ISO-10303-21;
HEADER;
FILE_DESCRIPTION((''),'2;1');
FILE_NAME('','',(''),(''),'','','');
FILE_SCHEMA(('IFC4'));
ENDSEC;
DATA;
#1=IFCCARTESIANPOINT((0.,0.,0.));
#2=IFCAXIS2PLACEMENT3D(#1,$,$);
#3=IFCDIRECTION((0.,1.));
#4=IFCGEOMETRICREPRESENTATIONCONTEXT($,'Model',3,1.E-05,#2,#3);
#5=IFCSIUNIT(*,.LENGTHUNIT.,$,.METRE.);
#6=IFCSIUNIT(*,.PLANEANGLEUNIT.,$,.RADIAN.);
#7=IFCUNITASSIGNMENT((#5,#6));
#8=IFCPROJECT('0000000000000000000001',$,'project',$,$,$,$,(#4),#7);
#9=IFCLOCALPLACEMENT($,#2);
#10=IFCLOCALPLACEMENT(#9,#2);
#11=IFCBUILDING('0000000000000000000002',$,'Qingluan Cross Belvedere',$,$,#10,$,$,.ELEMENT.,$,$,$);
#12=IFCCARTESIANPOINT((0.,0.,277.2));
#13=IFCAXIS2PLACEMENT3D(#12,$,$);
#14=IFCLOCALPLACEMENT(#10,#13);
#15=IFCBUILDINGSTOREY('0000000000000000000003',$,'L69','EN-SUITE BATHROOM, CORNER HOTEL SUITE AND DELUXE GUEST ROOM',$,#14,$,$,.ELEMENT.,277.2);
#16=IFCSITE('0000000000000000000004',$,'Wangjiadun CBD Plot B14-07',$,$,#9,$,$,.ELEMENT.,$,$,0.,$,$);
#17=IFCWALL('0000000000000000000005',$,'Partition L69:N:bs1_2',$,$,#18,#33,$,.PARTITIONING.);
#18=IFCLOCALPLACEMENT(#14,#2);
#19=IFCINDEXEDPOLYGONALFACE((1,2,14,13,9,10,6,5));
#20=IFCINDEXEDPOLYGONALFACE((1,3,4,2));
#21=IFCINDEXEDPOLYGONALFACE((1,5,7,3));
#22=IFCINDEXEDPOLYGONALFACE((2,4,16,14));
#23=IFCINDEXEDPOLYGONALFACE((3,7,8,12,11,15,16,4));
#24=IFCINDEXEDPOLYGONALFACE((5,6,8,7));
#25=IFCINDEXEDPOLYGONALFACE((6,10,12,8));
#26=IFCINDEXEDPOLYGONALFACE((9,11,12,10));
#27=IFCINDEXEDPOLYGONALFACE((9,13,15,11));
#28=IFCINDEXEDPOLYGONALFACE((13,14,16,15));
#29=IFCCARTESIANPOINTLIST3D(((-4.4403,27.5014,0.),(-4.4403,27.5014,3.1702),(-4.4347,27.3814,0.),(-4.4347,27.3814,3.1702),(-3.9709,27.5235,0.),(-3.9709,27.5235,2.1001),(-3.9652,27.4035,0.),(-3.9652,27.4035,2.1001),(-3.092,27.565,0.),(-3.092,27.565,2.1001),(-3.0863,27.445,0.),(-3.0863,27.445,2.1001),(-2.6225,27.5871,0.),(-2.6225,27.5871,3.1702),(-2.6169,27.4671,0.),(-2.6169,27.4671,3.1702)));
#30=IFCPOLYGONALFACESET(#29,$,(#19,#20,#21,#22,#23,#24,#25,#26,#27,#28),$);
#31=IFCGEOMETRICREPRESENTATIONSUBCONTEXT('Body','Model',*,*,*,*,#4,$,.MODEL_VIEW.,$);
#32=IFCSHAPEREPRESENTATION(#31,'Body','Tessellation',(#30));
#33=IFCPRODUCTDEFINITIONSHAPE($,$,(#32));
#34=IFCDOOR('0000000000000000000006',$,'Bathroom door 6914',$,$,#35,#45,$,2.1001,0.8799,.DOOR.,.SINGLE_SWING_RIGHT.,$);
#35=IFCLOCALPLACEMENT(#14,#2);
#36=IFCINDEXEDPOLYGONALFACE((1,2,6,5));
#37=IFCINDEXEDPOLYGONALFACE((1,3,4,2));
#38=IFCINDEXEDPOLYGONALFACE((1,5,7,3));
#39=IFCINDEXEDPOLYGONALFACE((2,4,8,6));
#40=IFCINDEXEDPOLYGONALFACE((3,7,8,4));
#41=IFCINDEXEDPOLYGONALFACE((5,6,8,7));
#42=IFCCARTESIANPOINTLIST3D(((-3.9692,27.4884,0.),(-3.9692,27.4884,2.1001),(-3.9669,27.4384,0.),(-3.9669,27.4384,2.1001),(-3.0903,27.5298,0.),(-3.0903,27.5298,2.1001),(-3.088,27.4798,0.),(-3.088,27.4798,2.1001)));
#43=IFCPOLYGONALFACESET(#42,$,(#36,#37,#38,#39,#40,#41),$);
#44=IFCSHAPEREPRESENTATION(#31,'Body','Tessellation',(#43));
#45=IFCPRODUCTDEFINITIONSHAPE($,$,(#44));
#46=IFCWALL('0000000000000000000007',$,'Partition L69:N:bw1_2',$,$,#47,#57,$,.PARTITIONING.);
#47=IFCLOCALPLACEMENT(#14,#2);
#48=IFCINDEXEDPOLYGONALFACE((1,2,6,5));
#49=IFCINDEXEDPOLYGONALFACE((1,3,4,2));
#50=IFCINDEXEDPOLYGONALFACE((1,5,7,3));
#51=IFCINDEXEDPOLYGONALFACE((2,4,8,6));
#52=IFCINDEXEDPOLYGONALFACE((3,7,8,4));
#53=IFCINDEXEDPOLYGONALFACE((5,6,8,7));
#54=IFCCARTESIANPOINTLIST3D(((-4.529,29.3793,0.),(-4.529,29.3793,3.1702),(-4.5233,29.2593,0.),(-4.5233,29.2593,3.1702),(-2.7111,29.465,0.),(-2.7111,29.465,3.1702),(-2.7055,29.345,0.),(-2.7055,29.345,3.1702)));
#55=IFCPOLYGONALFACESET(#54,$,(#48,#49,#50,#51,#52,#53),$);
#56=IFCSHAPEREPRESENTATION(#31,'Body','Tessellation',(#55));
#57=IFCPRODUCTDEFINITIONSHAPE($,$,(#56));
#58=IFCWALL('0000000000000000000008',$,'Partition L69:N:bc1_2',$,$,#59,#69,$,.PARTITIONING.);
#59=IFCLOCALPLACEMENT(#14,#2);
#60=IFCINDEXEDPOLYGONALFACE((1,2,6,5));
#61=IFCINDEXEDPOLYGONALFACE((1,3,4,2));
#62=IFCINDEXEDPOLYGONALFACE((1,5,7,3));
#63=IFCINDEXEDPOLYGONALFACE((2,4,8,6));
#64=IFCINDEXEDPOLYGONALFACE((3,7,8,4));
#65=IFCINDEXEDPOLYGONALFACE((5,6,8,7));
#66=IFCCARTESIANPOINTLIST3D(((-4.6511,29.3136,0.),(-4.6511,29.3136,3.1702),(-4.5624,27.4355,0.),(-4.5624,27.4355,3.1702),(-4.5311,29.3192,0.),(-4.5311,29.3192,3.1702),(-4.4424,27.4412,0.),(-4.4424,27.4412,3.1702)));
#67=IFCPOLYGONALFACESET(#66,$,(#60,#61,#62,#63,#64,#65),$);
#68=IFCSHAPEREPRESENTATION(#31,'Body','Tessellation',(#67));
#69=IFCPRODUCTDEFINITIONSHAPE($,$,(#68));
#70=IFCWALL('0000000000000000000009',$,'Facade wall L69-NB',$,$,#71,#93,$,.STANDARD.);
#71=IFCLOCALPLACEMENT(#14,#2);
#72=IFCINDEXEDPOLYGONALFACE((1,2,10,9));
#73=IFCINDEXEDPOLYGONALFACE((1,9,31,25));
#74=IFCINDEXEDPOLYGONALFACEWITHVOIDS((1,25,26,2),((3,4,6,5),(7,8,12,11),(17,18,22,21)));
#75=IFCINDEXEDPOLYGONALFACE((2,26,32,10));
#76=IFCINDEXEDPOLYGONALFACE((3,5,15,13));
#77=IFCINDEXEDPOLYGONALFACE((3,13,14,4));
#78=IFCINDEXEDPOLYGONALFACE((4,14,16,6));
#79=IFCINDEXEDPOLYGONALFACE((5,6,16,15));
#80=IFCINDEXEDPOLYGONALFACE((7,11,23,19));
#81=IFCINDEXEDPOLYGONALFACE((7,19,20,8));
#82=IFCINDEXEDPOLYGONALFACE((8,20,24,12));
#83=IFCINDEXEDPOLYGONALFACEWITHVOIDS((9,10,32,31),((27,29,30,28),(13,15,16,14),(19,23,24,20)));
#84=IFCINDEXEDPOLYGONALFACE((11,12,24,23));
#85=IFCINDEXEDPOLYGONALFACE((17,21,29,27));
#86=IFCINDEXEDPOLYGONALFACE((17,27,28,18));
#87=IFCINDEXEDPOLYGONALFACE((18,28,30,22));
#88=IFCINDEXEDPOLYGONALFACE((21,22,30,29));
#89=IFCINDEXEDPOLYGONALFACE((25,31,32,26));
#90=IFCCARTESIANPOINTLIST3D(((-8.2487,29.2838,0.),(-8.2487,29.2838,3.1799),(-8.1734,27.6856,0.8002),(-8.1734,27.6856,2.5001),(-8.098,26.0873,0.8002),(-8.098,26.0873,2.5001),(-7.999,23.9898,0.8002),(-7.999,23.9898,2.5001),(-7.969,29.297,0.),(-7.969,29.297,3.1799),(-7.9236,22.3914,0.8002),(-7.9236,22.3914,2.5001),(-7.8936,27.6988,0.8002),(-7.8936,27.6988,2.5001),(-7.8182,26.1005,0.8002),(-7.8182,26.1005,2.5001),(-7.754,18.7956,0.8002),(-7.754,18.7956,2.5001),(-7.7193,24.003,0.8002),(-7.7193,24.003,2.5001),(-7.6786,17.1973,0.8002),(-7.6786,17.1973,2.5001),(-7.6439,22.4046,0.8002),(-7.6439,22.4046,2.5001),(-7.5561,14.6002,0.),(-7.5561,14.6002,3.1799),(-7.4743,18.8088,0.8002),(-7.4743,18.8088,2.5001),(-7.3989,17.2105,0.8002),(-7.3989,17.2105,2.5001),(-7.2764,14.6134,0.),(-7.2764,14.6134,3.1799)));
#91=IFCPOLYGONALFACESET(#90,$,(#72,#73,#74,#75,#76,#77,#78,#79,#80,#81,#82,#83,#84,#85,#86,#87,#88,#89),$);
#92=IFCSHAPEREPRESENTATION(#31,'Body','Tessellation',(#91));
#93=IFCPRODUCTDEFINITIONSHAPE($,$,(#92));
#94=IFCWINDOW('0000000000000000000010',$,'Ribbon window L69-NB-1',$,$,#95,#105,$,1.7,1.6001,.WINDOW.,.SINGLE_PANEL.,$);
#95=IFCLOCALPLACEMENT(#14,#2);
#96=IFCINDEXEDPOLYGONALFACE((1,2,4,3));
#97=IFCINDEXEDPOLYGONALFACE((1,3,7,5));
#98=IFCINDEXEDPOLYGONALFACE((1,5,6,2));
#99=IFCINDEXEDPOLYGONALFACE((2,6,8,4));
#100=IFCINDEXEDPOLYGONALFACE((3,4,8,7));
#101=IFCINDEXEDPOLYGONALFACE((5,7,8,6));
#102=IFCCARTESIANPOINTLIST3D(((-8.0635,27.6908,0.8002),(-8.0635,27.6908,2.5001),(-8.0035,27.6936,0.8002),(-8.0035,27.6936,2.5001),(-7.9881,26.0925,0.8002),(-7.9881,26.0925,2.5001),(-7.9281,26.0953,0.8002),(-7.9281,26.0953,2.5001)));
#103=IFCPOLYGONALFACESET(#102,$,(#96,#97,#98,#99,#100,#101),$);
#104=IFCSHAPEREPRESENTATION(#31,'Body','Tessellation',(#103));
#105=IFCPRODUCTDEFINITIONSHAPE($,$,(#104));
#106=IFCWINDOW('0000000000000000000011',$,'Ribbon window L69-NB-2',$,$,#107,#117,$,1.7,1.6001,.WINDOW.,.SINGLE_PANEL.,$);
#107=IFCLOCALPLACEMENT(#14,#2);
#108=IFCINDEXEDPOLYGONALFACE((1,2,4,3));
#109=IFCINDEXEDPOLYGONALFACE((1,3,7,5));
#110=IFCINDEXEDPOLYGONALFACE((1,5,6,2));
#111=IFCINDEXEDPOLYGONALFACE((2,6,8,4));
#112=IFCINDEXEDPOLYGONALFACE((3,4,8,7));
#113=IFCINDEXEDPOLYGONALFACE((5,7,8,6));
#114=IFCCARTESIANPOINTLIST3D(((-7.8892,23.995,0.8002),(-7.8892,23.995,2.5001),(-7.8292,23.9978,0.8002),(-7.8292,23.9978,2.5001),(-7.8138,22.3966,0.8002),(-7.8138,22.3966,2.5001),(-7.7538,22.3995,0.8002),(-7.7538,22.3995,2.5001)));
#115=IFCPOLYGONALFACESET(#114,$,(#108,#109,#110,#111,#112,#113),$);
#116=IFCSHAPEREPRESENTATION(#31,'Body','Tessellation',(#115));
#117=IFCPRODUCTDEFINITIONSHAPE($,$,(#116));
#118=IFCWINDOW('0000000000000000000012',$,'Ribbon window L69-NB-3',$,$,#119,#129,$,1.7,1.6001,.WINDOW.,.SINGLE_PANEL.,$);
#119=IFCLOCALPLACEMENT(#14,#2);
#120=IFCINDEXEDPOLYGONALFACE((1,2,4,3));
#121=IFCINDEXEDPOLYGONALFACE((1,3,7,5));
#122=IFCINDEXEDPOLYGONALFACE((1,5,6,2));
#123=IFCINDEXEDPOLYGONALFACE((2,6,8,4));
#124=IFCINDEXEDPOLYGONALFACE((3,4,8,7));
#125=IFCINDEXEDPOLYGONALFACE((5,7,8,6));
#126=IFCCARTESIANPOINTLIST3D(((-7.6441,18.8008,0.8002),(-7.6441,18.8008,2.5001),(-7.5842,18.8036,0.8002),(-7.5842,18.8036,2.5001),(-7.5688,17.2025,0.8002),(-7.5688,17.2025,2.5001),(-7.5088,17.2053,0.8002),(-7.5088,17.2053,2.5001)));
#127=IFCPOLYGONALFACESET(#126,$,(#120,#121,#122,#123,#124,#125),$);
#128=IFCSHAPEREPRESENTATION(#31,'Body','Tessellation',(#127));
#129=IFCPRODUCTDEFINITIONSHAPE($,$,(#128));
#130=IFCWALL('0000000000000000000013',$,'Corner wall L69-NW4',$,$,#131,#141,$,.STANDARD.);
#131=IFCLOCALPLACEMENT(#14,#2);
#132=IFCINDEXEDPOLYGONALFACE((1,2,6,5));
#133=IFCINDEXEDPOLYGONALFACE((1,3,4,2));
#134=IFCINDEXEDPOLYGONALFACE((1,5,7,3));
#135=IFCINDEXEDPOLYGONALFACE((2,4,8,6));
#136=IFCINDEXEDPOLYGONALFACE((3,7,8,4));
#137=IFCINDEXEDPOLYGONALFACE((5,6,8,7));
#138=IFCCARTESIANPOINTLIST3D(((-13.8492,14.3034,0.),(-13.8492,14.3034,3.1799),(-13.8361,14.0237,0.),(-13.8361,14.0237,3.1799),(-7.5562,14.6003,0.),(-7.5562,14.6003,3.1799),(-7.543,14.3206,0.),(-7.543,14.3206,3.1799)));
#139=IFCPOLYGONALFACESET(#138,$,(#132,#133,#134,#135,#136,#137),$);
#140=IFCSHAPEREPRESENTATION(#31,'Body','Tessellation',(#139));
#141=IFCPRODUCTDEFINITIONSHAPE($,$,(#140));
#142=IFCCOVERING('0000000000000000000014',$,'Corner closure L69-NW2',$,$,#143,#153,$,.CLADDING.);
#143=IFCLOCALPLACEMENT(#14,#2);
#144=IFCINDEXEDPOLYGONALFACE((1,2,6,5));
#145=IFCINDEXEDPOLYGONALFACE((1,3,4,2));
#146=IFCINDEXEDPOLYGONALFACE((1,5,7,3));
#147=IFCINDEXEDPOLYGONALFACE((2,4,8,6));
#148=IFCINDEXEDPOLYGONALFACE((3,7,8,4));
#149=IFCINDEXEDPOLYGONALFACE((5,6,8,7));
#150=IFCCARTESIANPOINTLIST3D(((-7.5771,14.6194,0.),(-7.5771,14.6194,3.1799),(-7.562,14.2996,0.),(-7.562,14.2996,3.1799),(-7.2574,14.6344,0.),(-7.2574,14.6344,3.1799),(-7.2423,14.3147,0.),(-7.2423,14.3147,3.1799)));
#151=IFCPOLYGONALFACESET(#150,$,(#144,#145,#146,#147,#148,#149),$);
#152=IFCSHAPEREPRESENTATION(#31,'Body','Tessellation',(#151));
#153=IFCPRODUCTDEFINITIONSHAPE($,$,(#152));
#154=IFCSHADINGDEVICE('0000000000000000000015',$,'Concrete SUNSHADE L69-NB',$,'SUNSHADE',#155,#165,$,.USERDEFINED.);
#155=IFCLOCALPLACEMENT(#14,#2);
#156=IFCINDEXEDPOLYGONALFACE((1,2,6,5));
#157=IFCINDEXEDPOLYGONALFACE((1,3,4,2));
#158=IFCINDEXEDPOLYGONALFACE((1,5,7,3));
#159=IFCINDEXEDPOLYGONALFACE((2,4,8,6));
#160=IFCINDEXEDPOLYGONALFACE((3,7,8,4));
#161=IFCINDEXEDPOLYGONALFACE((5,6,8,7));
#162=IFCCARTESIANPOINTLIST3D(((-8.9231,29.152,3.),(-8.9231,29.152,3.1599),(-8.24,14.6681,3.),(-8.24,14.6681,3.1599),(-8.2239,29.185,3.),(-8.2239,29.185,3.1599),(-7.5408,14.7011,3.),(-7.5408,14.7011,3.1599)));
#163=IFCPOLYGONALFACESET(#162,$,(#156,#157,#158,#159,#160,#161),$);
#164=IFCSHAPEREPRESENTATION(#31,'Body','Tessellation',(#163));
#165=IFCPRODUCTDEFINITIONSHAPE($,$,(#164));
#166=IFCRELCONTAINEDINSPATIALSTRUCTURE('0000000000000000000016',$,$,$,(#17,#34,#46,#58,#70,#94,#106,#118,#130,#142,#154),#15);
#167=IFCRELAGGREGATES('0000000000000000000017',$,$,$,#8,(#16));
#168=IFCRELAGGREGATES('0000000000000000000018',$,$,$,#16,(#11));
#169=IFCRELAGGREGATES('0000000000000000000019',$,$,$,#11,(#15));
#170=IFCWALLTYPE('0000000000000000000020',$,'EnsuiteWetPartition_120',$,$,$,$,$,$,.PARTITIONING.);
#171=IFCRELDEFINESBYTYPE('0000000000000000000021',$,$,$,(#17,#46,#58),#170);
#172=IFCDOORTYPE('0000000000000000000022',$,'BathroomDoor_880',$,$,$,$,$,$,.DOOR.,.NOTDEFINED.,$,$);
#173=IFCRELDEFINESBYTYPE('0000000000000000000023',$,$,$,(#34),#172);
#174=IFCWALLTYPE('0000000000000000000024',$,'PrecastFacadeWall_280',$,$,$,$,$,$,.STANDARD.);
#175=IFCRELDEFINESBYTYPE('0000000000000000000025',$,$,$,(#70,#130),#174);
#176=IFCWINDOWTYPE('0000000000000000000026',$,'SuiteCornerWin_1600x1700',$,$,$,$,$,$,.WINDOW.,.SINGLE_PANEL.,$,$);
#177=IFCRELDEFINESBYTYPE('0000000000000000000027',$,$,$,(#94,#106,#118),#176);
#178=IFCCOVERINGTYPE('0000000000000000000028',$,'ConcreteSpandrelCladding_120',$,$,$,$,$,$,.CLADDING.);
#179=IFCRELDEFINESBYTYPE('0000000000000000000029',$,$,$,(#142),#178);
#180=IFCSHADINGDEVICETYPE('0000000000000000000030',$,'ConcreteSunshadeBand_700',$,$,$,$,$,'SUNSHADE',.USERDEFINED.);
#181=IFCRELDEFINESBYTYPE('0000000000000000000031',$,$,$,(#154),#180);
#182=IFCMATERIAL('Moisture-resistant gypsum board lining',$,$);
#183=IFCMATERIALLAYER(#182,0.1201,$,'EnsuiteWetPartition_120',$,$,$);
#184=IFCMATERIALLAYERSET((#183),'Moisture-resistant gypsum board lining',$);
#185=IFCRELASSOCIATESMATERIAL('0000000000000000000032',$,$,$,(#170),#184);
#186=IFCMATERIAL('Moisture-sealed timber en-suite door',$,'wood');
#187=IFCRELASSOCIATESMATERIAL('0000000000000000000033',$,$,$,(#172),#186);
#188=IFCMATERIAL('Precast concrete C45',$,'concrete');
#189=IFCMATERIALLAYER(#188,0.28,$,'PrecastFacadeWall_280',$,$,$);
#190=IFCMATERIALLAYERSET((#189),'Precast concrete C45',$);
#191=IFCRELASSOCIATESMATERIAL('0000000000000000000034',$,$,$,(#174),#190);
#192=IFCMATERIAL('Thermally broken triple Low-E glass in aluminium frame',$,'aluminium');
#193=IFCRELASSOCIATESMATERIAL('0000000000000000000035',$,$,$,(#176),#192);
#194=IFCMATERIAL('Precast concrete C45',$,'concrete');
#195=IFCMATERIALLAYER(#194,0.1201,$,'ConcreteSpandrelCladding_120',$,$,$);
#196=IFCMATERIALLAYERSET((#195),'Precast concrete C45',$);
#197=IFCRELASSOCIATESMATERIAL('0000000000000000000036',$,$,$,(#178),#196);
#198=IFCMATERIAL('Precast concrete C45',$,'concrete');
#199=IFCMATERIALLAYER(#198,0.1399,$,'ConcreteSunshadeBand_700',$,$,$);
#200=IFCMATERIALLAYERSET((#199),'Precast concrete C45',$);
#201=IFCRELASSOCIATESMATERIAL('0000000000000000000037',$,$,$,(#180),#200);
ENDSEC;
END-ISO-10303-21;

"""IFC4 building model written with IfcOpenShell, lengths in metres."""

from ifc_helpers import new_model, si_unit, direction, frame, frame_2d, origin, origin_2d, place, context, subcontext, project, spatial, rectangle, extrude, material, layer, layer_set, type_object, element, fill, save


model = new_model("IFC4")

# Units and contexts
model_context = context("Model", 3, precision=1e-05, world=origin(), true_north=direction((0.0, 1.0)))
body_context = subcontext(model_context, "Body", "Model", "MODEL_VIEW")
ifc_project = project(units=[si_unit("LENGTHUNIT", "METRE"), si_unit("PLANEANGLEUNIT", "RADIAN")], contexts=[model_context])

# Site, building, storey
site_placement = place(None, origin())
site = spatial("IfcSite", under=ifc_project, at=site_placement, Name="Wangjiadun CBD Plot B14-07", CompositionType="ELEMENT", RefElevation=0.0)
building_placement = place(site_placement, origin())
building = spatial("IfcBuilding", under=site, at=building_placement, Name="Qingluan Cross Belvedere", CompositionType="ELEMENT")
storey_placement = place(building_placement, frame((0.0, 0.0, 277.2)))
storey = spatial("IfcBuildingStorey", under=building, at=storey_placement, Name="L69", Description="EN-SUITE BATHROOM, CORNER HOTEL SUITE AND DELUXE GUEST ROOM", CompositionType="ELEMENT", Elevation=277.2)

# Shared definitions
ifc_material_1 = material(Name="Moisture-resistant gypsum board lining")
ifc_layer_1 = layer(ifc_material_1, 0.1201, Name="EnsuiteWetPartition_120")
ifc_layer_set_1 = layer_set([ifc_layer_1], Name="Moisture-resistant gypsum board lining")
wall_type_1 = type_object("IfcWallType", Name="EnsuiteWetPartition_120", PredefinedType="PARTITIONING", material=ifc_layer_set_1)
ifc_material_2 = material(Name="Moisture-sealed timber en-suite door", Category="wood")
door_type = type_object("IfcDoorType", Name="BathroomDoor_880", OperationType="NOTDEFINED", PredefinedType="DOOR", material=ifc_material_2)

# Wall, opening, door
wall_1_placement = place(storey_placement, frame((-4.4375, 27.4414, 0.0), z_axis=(0.0, 0.0, 1.0), x_axis=(0.998891, 0.047087, 0.0)))
wall_1 = element("IfcWall", 1, at=wall_1_placement, inside=storey, type_object=wall_type_1, Name="Partition L69:N:bs1_2", PredefinedType="PARTITIONING", context=body_context, shape_type="SweptSolid", body=[
    extrude(rectangle(XDim=1.8198, YDim=0.1201, at=frame_2d((0.9099, 0.0))), origin(), (0.0, 0.0, 1.0), 3.1702),
])
opening_1_placement = place(wall_1_placement, frame((0.47, 0.0, 0.0)))
opening_1 = element("IfcOpeningElement", 2, at=opening_1_placement, cuts=wall_1, PredefinedType="OPENING", context=body_context, shape_type="SweptSolid", body=[
    extrude(rectangle(XDim=0.8799, YDim=2.1001, at=frame_2d((0.4399, 1.05))), frame((0.0, 0.0701, 0.0), z_axis=(0.0, -1.0, 0.0), x_axis=(1.0, 0.0, 0.0)), (0.0, 0.0, 1.0), 0.1401),
])
door_1_placement = place(opening_1_placement, origin())
door_1 = element("IfcDoor", 3, at=door_1_placement, inside=storey, type_object=door_type, Name="Bathroom door 6914", OperationType="SINGLE_SWING_RIGHT", OverallHeight=2.1001, OverallWidth=0.8799, PredefinedType="DOOR", context=body_context, shape_type="SweptSolid", body=[
    extrude(rectangle(XDim=0.8799, YDim=2.1001, at=frame_2d((0.4399, 1.05))), frame((0.0, 0.0249, 0.0), z_axis=(0.0, -1.0, 0.0), x_axis=(1.0, 0.0, 0.0)), (0.0, 0.0, 1.0), 0.05),
])
fill(opening_1, door_1)

# Walls
wall_2_placement = place(storey_placement, frame((-4.5261, 29.3193, 0.0), z_axis=(0.0, 0.0, 1.0), x_axis=(0.998891, 0.047087, 0.0)))
element("IfcWall", 4, at=wall_2_placement, inside=storey, type_object=wall_type_1, Name="Partition L69:N:bw1_2", PredefinedType="PARTITIONING", context=body_context, shape_type="SweptSolid", body=[
    extrude(rectangle(XDim=1.8198, YDim=0.1201, at=frame_2d((0.9099, 0.0))), origin(), (0.0, 0.0, 1.0), 3.1702),
])
wall_3_placement = place(storey_placement, frame((-4.5024, 27.4385, 0.0), z_axis=(0.0, 0.0, 1.0), x_axis=(-0.047139, 0.998888, 0.0)))
element("IfcWall", 5, at=wall_3_placement, inside=storey, type_object=wall_type_1, Name="Partition L69:N:bc1_2", PredefinedType="PARTITIONING", context=body_context, shape_type="SweptSolid", body=[
    extrude(rectangle(XDim=1.8801, YDim=0.1201, at=frame_2d((0.9399, 0.0))), origin(), (0.0, 0.0, 1.0), 3.1702),
])

# Wall, openings, windows
ifc_material_3 = material(Name="Precast concrete C45", Category="concrete")
ifc_layer_2 = layer(ifc_material_3, 0.28, Name="PrecastFacadeWall_280")
ifc_layer_set_2 = layer_set([ifc_layer_2], Name="Precast concrete C45")
wall_type_2 = type_object("IfcWallType", Name="PrecastFacadeWall_280", PredefinedType="STANDARD", material=ifc_layer_set_2)
wall_4_placement = place(storey_placement, frame((-8.1089, 29.2905, 0.0), z_axis=(0.0, 0.0, 1.0), x_axis=(0.047118, -0.998889, 0.0)))
wall_4 = element("IfcWall", 6, at=wall_4_placement, inside=storey, type_object=wall_type_2, Name="Facade wall L69-NB", PredefinedType="STANDARD", context=body_context, shape_type="SweptSolid", body=[
    extrude(rectangle(XDim=14.7, YDim=0.28, at=frame_2d((7.3501, 0.0))), origin(), (0.0, 0.0, 1.0), 3.1799),
])
opening_2_placement = place(wall_4_placement, frame((1.6001, 0.0, 0.8)))
opening_2 = element("IfcOpeningElement", 7, at=opening_2_placement, cuts=wall_4, PredefinedType="OPENING", context=body_context, shape_type="SweptSolid", body=[
    extrude(rectangle(XDim=1.6001, YDim=1.7, at=frame_2d((0.8, 0.8501))), frame((0.0, 0.1499, 0.0), z_axis=(0.0, -1.0, 0.0), x_axis=(1.0, 0.0, 0.0)), (0.0, 0.0, 1.0), 0.3),
])
opening_3_placement = place(wall_4_placement, frame((5.3, 0.0, 0.8)))
opening_3 = element("IfcOpeningElement", 8, at=opening_3_placement, cuts=wall_4, PredefinedType="OPENING", context=body_context, shape_type="SweptSolid", body=[
    extrude(rectangle(XDim=1.6001, YDim=1.7, at=frame_2d((0.8, 0.8501))), frame((0.0, 0.1499, 0.0), z_axis=(0.0, -1.0, 0.0), x_axis=(1.0, 0.0, 0.0)), (0.0, 0.0, 1.0), 0.3),
])
opening_4_placement = place(wall_4_placement, frame((10.5, 0.0, 0.8)))
opening_4 = element("IfcOpeningElement", 9, at=opening_4_placement, cuts=wall_4, PredefinedType="OPENING", context=body_context, shape_type="SweptSolid", body=[
    extrude(rectangle(XDim=1.6001, YDim=1.7, at=frame_2d((0.8, 0.8501))), frame((0.0, 0.1499, 0.0), z_axis=(0.0, -1.0, 0.0), x_axis=(1.0, 0.0, 0.0)), (0.0, 0.0, 1.0), 0.3),
])
ifc_material_4 = material(Name="Thermally broken triple Low-E glass in aluminium frame", Category="aluminium")
window_type = type_object("IfcWindowType", Name="SuiteCornerWin_1600x1700", PartitioningType="SINGLE_PANEL", PredefinedType="WINDOW", material=ifc_material_4)
window_1_placement = place(opening_2_placement, origin())
window_1 = element("IfcWindow", 10, at=window_1_placement, inside=storey, type_object=window_type, Name="Ribbon window L69-NB-1", OverallHeight=1.7, OverallWidth=1.6001, PartitioningType="SINGLE_PANEL", PredefinedType="WINDOW", context=body_context, shape_type="SweptSolid", body=[
    extrude(rectangle(XDim=1.6001, YDim=1.7, at=frame_2d((0.8, 0.8501))), frame((0.0, 0.03, 0.0), z_axis=(0.0, -1.0, 0.0), x_axis=(1.0, 0.0, 0.0)), (0.0, 0.0, 1.0), 0.0601),
])
fill(opening_2, window_1)
window_2_placement = place(opening_3_placement, origin())
window_2 = element("IfcWindow", 11, at=window_2_placement, inside=storey, type_object=window_type, Name="Ribbon window L69-NB-2", OverallHeight=1.7, OverallWidth=1.6001, PartitioningType="SINGLE_PANEL", PredefinedType="WINDOW", context=body_context, shape_type="SweptSolid", body=[
    extrude(rectangle(XDim=1.6001, YDim=1.7, at=frame_2d((0.8, 0.8501))), frame((0.0, 0.03, 0.0), z_axis=(0.0, -1.0, 0.0), x_axis=(1.0, 0.0, 0.0)), (0.0, 0.0, 1.0), 0.0601),
])
fill(opening_3, window_2)
window_3_placement = place(opening_4_placement, origin())
window_3 = element("IfcWindow", 12, at=window_3_placement, inside=storey, type_object=window_type, Name="Ribbon window L69-NB-3", OverallHeight=1.7, OverallWidth=1.6001, PartitioningType="SINGLE_PANEL", PredefinedType="WINDOW", context=body_context, shape_type="SweptSolid", body=[
    extrude(rectangle(XDim=1.6001, YDim=1.7, at=frame_2d((0.8, 0.8501))), frame((0.0, 0.03, 0.0), z_axis=(0.0, -1.0, 0.0), x_axis=(1.0, 0.0, 0.0)), (0.0, 0.0, 1.0), 0.0601),
])
fill(opening_4, window_3)

# Wall
wall_5_placement = place(storey_placement, frame((-13.8425, 14.1636, 0.0), z_axis=(0.0, 0.0, 1.0), x_axis=(0.998889, 0.047123, 0.0)))
element("IfcWall", 13, at=wall_5_placement, inside=storey, type_object=wall_type_2, Name="Corner wall L69-NW4", PredefinedType="STANDARD", context=body_context, shape_type="SweptSolid", body=[
    extrude(rectangle(XDim=6.3, YDim=0.28, at=frame_2d((3.1499, 0.0))), origin(), (0.0, 0.0, 1.0), 3.1799),
])

# Covering
ifc_material_5 = material(Name="Precast concrete C45", Category="concrete")
ifc_layer_3 = layer(ifc_material_5, 0.1201, Name="ConcreteSpandrelCladding_120")
ifc_layer_set_3 = layer_set([ifc_layer_3], Name="Precast concrete C45")
covering_type = type_object("IfcCoveringType", Name="ConcreteSpandrelCladding_120", PredefinedType="CLADDING", material=ifc_layer_set_3)
covering_placement = place(storey_placement, frame((-7.4097, 14.467, 0.0), z_axis=(0.0, 0.0, 1.0), x_axis=(0.99889, 0.047106, 0.0)))
element("IfcCovering", 14, at=covering_placement, inside=storey, type_object=covering_type, Name="Corner closure L69-NW2", PredefinedType="CLADDING", context=body_context, shape_type="SweptSolid", body=[
    extrude(rectangle(XDim=0.3201, YDim=0.3201, at=origin_2d()), origin(), (0.0, 0.0, 1.0), 3.1799),
])

# Shading device
ifc_material_6 = material(Name="Precast concrete C45", Category="concrete")
ifc_layer_4 = layer(ifc_material_6, 0.1399, Name="ConcreteSunshadeBand_700")
ifc_layer_set_4 = layer_set([ifc_layer_4], Name="Precast concrete C45")
shading_device_type = type_object("IfcShadingDeviceType", Name="ConcreteSunshadeBand_700", ElementType="SUNSHADE", PredefinedType="USERDEFINED", material=ifc_layer_set_4)
shading_device_placement = place(storey_placement, frame((-8.2319, 21.9265, 3.0), z_axis=(0.0, 0.0, 1.0), x_axis=(0.047109, -0.99889, 0.0)))
element("IfcShadingDevice", 15, at=shading_device_placement, inside=storey, type_object=shading_device_type, Name="Concrete SUNSHADE L69-NB", ObjectType="SUNSHADE", PredefinedType="USERDEFINED", context=body_context, shape_type="SweptSolid", body=[
    extrude(rectangle(XDim=14.5, YDim=0.7, at=origin_2d()), origin(), (0.0, 0.0, 1.0), 0.1599),
])

save(model, "model.ifc")
